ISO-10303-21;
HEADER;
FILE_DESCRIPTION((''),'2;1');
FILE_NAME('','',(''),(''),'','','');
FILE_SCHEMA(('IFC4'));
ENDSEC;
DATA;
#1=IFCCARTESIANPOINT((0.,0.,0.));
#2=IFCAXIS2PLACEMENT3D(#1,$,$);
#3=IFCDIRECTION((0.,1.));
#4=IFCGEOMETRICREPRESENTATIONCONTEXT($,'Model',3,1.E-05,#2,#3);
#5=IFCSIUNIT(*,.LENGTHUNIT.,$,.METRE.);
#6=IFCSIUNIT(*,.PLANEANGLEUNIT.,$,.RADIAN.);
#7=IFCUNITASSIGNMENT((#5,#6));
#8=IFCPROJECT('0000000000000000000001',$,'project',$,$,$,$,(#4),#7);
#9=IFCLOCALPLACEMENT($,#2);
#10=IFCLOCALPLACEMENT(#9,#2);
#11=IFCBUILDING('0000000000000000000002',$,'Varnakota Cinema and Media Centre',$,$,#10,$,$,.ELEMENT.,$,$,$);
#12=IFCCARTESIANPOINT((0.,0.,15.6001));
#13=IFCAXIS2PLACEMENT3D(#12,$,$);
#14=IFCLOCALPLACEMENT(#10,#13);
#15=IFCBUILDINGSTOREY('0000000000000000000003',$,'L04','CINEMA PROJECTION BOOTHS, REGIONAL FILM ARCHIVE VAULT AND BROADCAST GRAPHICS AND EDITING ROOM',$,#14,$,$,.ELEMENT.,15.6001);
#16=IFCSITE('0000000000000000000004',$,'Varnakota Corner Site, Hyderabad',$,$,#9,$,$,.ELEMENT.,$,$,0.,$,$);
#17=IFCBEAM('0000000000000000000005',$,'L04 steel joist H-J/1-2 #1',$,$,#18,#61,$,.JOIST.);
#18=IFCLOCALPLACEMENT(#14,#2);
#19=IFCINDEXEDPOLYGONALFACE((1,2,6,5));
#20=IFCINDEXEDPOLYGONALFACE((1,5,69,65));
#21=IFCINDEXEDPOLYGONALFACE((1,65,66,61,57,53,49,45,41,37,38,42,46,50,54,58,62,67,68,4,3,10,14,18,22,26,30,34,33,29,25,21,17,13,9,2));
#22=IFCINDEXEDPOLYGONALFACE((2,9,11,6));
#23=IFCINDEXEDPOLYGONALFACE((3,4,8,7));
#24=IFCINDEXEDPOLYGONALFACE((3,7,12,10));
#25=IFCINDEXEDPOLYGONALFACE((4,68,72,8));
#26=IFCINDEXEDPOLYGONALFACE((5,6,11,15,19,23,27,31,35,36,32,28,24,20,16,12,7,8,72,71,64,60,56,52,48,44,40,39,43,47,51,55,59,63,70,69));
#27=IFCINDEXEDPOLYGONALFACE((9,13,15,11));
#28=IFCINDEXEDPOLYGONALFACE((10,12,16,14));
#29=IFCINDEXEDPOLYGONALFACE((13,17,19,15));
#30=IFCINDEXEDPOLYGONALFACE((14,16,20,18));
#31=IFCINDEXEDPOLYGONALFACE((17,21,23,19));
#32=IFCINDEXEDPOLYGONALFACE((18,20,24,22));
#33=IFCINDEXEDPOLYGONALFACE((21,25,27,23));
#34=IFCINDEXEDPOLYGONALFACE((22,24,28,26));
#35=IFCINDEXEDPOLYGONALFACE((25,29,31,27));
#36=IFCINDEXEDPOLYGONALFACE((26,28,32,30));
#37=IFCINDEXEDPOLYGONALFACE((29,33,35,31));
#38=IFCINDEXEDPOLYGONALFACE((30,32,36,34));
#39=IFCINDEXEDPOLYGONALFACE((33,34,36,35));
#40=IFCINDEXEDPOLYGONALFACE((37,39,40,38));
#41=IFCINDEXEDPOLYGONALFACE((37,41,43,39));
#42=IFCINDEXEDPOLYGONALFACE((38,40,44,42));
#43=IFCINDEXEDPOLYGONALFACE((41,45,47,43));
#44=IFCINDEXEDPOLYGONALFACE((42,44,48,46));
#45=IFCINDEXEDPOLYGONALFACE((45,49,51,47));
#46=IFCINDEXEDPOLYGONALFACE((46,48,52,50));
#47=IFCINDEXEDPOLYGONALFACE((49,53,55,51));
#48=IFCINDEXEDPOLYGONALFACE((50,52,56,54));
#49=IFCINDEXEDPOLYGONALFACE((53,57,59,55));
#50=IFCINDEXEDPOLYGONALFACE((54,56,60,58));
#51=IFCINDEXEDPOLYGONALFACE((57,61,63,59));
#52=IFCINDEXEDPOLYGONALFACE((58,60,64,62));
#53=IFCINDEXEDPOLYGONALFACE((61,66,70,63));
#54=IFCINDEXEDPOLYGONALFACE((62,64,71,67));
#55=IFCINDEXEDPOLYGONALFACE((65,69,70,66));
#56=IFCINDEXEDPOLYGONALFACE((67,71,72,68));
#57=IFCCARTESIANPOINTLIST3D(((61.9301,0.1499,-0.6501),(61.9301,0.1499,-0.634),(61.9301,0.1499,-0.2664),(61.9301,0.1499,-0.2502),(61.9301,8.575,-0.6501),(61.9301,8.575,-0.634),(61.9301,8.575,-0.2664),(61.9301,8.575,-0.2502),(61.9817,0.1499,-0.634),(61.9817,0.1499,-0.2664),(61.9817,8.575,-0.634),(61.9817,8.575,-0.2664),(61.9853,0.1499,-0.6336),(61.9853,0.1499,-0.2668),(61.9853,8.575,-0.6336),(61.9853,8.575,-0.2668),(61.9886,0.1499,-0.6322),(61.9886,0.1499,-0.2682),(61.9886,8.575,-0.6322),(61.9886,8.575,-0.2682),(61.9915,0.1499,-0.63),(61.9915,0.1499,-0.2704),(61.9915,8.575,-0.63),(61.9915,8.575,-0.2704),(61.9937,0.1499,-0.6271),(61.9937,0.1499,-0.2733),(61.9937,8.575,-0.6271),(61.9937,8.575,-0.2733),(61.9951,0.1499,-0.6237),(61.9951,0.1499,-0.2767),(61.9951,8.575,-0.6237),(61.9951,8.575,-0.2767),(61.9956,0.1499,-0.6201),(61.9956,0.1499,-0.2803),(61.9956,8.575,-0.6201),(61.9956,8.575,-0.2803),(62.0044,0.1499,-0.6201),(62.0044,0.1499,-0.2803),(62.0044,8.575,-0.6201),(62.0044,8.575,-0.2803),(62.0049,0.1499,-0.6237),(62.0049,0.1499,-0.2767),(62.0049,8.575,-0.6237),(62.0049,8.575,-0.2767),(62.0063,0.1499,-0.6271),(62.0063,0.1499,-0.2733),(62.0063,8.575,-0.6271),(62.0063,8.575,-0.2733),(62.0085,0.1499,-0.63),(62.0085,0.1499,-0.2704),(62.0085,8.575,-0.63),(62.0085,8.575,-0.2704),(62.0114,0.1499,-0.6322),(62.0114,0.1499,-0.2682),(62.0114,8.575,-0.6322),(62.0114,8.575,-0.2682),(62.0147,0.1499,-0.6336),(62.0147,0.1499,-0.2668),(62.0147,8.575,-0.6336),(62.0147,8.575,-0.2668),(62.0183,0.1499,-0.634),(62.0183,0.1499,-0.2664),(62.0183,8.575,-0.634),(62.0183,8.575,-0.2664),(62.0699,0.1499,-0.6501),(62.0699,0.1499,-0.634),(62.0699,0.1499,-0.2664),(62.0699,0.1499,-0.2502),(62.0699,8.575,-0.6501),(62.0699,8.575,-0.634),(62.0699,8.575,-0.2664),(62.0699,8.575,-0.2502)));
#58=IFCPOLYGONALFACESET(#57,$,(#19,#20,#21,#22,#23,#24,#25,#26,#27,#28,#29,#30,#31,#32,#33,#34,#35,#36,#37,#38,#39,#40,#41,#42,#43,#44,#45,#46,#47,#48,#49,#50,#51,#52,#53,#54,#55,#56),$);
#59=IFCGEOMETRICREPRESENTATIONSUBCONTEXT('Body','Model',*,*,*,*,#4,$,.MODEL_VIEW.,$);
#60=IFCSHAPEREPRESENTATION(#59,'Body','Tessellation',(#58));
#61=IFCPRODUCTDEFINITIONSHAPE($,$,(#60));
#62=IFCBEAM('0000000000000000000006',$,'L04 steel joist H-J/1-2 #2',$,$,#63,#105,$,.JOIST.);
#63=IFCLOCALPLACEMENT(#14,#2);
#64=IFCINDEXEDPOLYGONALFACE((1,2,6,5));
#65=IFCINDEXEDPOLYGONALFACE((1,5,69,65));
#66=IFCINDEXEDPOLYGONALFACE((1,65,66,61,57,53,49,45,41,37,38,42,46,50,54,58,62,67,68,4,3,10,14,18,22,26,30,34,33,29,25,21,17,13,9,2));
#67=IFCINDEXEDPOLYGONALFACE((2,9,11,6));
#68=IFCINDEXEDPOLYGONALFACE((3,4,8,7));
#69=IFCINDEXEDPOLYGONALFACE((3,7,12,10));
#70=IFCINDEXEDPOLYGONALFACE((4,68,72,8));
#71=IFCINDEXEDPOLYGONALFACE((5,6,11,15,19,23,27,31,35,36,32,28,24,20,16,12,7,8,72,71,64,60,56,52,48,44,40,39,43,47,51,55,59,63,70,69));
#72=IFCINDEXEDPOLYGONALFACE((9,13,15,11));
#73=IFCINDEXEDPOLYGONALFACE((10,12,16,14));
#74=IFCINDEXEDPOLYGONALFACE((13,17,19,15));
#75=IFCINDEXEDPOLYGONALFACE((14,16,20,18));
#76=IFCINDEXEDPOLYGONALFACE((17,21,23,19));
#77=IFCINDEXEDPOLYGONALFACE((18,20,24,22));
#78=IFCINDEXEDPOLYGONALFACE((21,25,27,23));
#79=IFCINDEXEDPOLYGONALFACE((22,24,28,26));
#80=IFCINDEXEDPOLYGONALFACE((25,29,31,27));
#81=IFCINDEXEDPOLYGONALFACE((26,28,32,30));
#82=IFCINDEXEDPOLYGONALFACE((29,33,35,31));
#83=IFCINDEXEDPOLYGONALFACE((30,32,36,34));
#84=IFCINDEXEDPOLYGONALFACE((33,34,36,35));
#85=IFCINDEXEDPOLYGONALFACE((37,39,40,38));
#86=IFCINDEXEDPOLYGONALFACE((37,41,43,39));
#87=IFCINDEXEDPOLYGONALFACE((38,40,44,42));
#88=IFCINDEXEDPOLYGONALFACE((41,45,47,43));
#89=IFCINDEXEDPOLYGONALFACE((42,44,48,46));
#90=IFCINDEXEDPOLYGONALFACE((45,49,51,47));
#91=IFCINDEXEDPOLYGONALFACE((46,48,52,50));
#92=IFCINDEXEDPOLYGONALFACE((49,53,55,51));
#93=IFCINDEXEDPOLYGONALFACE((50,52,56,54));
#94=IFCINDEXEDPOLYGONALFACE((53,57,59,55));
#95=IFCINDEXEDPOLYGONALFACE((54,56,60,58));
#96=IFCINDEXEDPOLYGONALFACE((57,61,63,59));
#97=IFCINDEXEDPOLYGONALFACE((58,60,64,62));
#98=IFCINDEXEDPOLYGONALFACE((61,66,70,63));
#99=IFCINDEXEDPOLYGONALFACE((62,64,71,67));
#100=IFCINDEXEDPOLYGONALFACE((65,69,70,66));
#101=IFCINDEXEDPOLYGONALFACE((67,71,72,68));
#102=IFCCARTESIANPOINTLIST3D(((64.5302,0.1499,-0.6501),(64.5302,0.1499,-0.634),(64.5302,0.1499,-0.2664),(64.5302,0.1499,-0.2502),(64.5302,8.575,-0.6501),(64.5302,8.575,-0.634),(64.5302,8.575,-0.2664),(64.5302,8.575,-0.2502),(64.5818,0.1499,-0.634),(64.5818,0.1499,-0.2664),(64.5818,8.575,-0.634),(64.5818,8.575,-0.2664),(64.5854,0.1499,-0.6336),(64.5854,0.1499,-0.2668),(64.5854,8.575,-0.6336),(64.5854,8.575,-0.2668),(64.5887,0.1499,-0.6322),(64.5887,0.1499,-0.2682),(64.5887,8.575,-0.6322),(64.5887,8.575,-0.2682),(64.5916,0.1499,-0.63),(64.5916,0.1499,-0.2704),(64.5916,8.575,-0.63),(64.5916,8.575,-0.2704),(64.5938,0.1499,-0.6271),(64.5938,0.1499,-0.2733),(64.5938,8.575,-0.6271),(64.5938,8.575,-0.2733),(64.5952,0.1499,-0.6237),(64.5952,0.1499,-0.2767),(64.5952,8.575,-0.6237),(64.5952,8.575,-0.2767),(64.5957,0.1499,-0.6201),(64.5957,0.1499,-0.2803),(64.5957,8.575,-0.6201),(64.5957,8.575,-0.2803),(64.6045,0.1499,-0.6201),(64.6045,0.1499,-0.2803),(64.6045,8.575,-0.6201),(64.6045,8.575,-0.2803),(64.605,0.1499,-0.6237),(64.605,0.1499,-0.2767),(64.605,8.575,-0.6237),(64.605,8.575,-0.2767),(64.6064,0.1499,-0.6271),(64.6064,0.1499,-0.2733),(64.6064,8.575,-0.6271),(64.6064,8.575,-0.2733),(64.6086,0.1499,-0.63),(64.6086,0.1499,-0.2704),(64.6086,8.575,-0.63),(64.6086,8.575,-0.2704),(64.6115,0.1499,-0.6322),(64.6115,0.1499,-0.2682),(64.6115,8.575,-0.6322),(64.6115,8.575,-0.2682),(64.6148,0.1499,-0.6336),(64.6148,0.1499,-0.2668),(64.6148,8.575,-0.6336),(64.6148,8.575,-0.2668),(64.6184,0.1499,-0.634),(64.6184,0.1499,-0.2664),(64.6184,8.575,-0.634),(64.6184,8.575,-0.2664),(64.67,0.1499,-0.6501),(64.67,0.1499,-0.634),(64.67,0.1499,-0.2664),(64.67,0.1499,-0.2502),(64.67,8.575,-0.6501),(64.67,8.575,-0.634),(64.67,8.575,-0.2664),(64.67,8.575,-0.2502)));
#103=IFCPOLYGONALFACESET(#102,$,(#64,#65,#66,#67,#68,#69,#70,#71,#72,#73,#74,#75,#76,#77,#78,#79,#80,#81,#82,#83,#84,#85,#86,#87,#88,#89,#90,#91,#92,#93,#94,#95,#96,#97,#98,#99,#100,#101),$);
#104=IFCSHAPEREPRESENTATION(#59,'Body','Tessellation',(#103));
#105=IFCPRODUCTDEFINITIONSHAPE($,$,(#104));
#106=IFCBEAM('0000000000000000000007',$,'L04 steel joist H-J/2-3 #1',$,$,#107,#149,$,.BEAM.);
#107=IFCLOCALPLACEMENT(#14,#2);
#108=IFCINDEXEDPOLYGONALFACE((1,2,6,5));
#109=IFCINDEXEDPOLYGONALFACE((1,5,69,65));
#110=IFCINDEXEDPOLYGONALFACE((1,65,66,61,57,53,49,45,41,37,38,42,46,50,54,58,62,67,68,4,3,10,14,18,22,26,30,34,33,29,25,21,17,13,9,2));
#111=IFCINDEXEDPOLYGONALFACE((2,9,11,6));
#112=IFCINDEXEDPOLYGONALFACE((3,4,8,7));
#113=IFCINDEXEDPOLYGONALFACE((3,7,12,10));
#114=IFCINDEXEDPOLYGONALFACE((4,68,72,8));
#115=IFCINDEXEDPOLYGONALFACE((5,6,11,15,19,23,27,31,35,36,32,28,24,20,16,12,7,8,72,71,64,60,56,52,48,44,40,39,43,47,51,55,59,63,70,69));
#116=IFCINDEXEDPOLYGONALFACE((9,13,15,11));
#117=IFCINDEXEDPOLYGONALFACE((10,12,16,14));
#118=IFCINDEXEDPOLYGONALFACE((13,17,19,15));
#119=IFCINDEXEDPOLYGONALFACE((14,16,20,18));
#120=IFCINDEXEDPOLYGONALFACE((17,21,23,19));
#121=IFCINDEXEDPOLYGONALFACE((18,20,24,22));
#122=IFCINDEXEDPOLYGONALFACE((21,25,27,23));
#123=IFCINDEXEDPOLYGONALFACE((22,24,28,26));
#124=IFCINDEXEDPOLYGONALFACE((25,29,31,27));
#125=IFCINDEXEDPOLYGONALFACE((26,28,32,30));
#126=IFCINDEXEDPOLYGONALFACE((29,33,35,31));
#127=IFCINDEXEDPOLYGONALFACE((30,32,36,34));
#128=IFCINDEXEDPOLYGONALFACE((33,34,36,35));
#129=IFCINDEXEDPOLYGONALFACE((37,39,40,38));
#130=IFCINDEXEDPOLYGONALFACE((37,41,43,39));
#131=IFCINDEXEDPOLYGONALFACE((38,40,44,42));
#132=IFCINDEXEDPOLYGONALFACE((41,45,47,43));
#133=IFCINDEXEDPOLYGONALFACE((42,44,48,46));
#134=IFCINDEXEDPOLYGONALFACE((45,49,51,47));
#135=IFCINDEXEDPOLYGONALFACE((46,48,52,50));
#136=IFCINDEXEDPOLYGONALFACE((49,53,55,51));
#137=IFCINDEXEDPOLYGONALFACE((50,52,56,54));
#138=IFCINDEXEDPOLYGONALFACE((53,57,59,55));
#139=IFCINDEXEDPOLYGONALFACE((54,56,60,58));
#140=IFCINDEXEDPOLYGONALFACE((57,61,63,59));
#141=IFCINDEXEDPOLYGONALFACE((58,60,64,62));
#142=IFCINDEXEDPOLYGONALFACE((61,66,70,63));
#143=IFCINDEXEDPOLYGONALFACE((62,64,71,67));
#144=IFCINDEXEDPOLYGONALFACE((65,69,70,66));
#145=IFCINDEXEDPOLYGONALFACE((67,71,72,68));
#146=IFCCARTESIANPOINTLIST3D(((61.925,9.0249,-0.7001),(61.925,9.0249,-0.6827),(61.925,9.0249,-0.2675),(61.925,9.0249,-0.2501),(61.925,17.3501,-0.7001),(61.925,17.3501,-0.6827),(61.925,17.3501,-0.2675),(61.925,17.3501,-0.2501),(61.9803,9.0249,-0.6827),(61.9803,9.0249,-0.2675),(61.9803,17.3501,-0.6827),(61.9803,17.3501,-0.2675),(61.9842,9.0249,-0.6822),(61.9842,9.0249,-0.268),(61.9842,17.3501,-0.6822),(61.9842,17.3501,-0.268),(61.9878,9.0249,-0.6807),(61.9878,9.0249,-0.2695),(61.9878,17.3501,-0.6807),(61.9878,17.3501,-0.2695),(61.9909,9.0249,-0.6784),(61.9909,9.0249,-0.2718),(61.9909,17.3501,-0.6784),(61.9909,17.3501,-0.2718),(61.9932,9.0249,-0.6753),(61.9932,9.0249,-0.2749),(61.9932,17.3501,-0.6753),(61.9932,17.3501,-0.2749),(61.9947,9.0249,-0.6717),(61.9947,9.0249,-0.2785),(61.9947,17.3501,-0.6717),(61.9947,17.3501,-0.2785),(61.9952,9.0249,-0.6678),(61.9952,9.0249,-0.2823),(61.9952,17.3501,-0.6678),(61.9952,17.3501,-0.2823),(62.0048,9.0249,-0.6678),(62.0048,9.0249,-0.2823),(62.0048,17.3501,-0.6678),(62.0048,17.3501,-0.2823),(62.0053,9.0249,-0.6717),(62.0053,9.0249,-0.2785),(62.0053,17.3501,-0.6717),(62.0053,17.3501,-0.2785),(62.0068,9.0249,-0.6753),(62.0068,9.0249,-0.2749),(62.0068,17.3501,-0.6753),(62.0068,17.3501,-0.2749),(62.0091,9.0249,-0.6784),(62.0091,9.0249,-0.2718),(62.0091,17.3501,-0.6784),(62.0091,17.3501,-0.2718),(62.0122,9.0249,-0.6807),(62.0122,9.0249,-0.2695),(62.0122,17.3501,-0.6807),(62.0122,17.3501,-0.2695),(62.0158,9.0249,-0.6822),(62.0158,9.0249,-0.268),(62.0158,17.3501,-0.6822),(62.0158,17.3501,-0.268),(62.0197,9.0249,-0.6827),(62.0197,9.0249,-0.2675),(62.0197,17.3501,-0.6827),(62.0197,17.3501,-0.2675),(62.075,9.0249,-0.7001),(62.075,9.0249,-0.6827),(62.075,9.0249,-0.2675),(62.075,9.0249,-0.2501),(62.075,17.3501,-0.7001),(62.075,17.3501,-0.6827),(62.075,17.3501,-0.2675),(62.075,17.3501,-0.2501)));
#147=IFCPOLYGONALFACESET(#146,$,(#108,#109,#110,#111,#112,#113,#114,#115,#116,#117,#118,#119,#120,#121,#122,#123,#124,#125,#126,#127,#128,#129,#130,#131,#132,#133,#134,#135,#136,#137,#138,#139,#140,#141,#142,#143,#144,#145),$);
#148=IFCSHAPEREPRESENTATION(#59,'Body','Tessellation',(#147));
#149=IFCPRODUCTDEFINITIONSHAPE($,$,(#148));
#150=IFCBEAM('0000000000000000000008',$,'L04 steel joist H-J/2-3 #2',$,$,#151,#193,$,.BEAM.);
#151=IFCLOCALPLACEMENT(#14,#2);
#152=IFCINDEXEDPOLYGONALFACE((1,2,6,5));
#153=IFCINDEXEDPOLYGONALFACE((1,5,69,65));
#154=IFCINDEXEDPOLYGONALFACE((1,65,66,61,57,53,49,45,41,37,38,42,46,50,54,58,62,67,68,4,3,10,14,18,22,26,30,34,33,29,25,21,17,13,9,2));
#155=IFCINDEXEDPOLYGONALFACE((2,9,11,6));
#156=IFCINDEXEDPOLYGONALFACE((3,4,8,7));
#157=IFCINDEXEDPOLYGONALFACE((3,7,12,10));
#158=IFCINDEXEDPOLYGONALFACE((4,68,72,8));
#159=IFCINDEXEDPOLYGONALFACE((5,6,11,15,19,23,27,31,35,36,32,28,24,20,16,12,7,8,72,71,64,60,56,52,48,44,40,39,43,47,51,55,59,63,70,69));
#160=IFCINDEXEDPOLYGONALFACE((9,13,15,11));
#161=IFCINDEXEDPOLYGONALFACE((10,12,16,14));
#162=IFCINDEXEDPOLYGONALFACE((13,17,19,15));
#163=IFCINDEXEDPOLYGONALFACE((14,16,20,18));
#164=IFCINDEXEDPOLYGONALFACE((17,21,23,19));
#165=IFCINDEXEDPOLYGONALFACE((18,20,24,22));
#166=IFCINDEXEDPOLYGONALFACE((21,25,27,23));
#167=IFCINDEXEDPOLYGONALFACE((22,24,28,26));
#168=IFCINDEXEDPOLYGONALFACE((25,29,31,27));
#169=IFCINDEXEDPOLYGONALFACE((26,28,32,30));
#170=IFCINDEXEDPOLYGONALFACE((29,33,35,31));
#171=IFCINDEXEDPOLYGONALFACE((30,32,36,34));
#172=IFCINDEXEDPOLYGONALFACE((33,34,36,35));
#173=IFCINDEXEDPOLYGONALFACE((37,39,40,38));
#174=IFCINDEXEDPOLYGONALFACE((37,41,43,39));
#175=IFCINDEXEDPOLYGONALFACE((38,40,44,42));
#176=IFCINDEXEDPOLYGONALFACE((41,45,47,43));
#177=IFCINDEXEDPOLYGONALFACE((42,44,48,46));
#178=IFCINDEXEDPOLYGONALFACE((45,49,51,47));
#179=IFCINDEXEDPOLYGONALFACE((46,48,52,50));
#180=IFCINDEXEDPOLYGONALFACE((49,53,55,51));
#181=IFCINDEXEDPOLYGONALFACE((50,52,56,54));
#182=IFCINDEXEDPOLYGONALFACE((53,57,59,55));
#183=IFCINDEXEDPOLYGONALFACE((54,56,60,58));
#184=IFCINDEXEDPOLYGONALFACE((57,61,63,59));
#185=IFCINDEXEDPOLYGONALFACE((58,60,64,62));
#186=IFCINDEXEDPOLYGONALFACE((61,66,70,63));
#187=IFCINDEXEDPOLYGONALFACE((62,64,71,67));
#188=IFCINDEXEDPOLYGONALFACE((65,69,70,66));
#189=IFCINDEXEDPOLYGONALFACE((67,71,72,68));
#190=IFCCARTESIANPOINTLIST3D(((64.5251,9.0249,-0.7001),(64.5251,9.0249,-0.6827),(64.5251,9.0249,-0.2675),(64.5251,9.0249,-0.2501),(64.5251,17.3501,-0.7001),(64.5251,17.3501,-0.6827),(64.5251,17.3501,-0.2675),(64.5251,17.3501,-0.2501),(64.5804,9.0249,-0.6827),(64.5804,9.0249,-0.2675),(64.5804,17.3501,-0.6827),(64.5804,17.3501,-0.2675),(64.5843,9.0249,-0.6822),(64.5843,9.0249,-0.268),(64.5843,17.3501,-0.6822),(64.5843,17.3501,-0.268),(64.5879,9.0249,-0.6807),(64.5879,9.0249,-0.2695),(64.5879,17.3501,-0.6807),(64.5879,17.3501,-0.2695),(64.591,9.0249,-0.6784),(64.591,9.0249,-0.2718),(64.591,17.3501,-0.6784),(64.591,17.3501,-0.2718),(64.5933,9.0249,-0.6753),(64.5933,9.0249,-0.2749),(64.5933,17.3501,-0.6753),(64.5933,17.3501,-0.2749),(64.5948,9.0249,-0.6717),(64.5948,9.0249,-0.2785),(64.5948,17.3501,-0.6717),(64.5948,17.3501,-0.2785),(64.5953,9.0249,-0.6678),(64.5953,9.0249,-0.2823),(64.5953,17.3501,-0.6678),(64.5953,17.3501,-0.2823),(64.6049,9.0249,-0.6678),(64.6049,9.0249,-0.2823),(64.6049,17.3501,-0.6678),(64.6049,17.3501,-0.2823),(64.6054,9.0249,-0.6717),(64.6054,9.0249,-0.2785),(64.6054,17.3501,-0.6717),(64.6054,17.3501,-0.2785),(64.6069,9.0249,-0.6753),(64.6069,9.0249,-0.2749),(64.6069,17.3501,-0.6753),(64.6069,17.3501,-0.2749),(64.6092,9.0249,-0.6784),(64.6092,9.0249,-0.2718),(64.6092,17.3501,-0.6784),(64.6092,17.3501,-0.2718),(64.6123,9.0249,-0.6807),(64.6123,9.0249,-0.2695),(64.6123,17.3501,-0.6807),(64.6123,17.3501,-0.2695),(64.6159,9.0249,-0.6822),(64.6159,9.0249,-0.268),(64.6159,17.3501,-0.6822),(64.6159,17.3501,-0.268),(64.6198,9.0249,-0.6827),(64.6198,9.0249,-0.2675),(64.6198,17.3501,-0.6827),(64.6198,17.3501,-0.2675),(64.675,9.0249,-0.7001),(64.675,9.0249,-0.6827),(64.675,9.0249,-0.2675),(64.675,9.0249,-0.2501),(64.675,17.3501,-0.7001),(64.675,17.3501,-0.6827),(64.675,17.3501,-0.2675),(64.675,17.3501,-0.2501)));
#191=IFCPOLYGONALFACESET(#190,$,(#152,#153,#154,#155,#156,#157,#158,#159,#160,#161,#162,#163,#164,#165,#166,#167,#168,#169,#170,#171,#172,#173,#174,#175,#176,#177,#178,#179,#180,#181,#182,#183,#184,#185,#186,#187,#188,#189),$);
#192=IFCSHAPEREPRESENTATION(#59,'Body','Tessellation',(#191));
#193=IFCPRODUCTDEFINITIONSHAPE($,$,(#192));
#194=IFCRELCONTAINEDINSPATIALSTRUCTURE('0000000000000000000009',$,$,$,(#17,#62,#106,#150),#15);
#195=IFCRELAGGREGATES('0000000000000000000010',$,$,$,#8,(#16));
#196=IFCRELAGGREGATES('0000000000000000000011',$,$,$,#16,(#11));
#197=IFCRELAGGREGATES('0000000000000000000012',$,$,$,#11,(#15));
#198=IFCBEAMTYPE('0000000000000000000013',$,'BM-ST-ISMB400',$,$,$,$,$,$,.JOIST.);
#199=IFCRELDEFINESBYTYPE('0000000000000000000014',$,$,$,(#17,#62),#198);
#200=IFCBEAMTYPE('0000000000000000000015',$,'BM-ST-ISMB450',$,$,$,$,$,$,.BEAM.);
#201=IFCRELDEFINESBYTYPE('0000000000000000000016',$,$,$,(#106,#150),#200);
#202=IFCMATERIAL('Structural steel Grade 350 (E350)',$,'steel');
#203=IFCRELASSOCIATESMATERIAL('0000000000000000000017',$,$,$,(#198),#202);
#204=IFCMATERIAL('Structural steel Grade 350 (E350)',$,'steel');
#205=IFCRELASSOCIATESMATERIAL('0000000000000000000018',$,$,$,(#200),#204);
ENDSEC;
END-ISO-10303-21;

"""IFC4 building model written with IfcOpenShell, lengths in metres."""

from ifc_helpers import new_model, si_unit, direction, frame, origin, origin_2d, place, context, subcontext, project, spatial, i_section, extrude, material, material_profile, profile_set, type_object, element, save


model = new_model("IFC4")

# Units and contexts
model_context = context("Model", 3, precision=1e-05, world=origin(), true_north=direction((0.0, 1.0)))
body_context = subcontext(model_context, "Body", "Model", "MODEL_VIEW")
ifc_project = project(units=[si_unit("LENGTHUNIT", "METRE"), si_unit("PLANEANGLEUNIT", "RADIAN")], contexts=[model_context])

# Site, building, storey
site_placement = place(None, origin())
site = spatial("IfcSite", under=ifc_project, at=site_placement, Name="Varnakota Corner Site, Hyderabad", CompositionType="ELEMENT", RefElevation=0.0)
building_placement = place(site_placement, origin())
building = spatial("IfcBuilding", under=site, at=building_placement, Name="Varnakota Cinema and Media Centre", CompositionType="ELEMENT")
storey_placement = place(building_placement, frame((0.0, 0.0, 15.6001)))
storey = spatial("IfcBuildingStorey", under=building, at=storey_placement, Name="L04", Description="CINEMA PROJECTION BOOTHS, REGIONAL FILM ARCHIVE VAULT AND BROADCAST GRAPHICS AND EDITING ROOM", CompositionType="ELEMENT", Elevation=15.6001)

# Beams
ifc_material_1 = material(Name="Structural steel Grade 350 (E350)", Category="steel")
ifc_material_profile_1 = material_profile(ifc_material_1, i_section(OverallWidth=0.1399, OverallDepth=0.3999, WebThickness=0.0088, FlangeThickness=0.0161, FilletRadius=0.0139, at=origin_2d()), Name="ISMB 400")
ifc_profile_set_1 = profile_set([ifc_material_profile_1], Name="Structural steel Grade 350 (E350)")
beam_type_1 = type_object("IfcBeamType", Name="BM-ST-ISMB400", PredefinedType="JOIST", material=ifc_profile_set_1)
for number, where, z_axis, x_axis, name in (
    (1, (62.0, 0.1499, -0.4502), (0.0, 1.0, 0.0), (-1.0, 0.0, 0.0), "L04 steel joist H-J/1-2 #1"),
    (2, (64.6001, 0.1499, -0.4502), (0.0, 1.0, 0.0), (-1.0, 0.0, 0.0), "L04 steel joist H-J/1-2 #2"),
):
    element("IfcBeam", number, at=place(storey_placement, frame(where, z_axis=z_axis, x_axis=x_axis)), inside=storey, type_object=beam_type_1, Name=name, PredefinedType="JOIST", context=body_context, shape_type="SweptSolid", body=[
        extrude(i_section(OverallWidth=0.1399, OverallDepth=0.3999, WebThickness=0.0088, FlangeThickness=0.0161, FilletRadius=0.0139, at=origin_2d()), origin(), (0.0, 0.0, 1.0), 8.425),
    ])
ifc_material_2 = material(Name="Structural steel Grade 350 (E350)", Category="steel")
ifc_material_profile_2 = material_profile(ifc_material_2, i_section(OverallWidth=0.1499, OverallDepth=0.45, WebThickness=0.0095, FlangeThickness=0.0173, FilletRadius=0.0149, at=origin_2d()), Name="ISMB 450")
ifc_profile_set_2 = profile_set([ifc_material_profile_2], Name="Structural steel Grade 350 (E350)")
beam_type_2 = type_object("IfcBeamType", Name="BM-ST-ISMB450", PredefinedType="BEAM", material=ifc_profile_set_2)
for number, where, z_axis, x_axis, name in (
    (3, (62.0, 9.0249, -0.4751), (0.0, 1.0, 0.0), (-1.0, 0.0, 0.0), "L04 steel joist H-J/2-3 #1"),
    (4, (64.6001, 9.0249, -0.4751), (0.0, 1.0, 0.0), (-1.0, 0.0, 0.0), "L04 steel joist H-J/2-3 #2"),
):
    element("IfcBeam", number, at=place(storey_placement, frame(where, z_axis=z_axis, x_axis=x_axis)), inside=storey, type_object=beam_type_2, Name=name, PredefinedType="BEAM", context=body_context, shape_type="SweptSolid", body=[
        extrude(i_section(OverallWidth=0.1499, OverallDepth=0.45, WebThickness=0.0095, FlangeThickness=0.0173, FilletRadius=0.0149, at=origin_2d()), origin(), (0.0, 0.0, 1.0), 8.3252),
    ])

save(model, "model.ifc")
